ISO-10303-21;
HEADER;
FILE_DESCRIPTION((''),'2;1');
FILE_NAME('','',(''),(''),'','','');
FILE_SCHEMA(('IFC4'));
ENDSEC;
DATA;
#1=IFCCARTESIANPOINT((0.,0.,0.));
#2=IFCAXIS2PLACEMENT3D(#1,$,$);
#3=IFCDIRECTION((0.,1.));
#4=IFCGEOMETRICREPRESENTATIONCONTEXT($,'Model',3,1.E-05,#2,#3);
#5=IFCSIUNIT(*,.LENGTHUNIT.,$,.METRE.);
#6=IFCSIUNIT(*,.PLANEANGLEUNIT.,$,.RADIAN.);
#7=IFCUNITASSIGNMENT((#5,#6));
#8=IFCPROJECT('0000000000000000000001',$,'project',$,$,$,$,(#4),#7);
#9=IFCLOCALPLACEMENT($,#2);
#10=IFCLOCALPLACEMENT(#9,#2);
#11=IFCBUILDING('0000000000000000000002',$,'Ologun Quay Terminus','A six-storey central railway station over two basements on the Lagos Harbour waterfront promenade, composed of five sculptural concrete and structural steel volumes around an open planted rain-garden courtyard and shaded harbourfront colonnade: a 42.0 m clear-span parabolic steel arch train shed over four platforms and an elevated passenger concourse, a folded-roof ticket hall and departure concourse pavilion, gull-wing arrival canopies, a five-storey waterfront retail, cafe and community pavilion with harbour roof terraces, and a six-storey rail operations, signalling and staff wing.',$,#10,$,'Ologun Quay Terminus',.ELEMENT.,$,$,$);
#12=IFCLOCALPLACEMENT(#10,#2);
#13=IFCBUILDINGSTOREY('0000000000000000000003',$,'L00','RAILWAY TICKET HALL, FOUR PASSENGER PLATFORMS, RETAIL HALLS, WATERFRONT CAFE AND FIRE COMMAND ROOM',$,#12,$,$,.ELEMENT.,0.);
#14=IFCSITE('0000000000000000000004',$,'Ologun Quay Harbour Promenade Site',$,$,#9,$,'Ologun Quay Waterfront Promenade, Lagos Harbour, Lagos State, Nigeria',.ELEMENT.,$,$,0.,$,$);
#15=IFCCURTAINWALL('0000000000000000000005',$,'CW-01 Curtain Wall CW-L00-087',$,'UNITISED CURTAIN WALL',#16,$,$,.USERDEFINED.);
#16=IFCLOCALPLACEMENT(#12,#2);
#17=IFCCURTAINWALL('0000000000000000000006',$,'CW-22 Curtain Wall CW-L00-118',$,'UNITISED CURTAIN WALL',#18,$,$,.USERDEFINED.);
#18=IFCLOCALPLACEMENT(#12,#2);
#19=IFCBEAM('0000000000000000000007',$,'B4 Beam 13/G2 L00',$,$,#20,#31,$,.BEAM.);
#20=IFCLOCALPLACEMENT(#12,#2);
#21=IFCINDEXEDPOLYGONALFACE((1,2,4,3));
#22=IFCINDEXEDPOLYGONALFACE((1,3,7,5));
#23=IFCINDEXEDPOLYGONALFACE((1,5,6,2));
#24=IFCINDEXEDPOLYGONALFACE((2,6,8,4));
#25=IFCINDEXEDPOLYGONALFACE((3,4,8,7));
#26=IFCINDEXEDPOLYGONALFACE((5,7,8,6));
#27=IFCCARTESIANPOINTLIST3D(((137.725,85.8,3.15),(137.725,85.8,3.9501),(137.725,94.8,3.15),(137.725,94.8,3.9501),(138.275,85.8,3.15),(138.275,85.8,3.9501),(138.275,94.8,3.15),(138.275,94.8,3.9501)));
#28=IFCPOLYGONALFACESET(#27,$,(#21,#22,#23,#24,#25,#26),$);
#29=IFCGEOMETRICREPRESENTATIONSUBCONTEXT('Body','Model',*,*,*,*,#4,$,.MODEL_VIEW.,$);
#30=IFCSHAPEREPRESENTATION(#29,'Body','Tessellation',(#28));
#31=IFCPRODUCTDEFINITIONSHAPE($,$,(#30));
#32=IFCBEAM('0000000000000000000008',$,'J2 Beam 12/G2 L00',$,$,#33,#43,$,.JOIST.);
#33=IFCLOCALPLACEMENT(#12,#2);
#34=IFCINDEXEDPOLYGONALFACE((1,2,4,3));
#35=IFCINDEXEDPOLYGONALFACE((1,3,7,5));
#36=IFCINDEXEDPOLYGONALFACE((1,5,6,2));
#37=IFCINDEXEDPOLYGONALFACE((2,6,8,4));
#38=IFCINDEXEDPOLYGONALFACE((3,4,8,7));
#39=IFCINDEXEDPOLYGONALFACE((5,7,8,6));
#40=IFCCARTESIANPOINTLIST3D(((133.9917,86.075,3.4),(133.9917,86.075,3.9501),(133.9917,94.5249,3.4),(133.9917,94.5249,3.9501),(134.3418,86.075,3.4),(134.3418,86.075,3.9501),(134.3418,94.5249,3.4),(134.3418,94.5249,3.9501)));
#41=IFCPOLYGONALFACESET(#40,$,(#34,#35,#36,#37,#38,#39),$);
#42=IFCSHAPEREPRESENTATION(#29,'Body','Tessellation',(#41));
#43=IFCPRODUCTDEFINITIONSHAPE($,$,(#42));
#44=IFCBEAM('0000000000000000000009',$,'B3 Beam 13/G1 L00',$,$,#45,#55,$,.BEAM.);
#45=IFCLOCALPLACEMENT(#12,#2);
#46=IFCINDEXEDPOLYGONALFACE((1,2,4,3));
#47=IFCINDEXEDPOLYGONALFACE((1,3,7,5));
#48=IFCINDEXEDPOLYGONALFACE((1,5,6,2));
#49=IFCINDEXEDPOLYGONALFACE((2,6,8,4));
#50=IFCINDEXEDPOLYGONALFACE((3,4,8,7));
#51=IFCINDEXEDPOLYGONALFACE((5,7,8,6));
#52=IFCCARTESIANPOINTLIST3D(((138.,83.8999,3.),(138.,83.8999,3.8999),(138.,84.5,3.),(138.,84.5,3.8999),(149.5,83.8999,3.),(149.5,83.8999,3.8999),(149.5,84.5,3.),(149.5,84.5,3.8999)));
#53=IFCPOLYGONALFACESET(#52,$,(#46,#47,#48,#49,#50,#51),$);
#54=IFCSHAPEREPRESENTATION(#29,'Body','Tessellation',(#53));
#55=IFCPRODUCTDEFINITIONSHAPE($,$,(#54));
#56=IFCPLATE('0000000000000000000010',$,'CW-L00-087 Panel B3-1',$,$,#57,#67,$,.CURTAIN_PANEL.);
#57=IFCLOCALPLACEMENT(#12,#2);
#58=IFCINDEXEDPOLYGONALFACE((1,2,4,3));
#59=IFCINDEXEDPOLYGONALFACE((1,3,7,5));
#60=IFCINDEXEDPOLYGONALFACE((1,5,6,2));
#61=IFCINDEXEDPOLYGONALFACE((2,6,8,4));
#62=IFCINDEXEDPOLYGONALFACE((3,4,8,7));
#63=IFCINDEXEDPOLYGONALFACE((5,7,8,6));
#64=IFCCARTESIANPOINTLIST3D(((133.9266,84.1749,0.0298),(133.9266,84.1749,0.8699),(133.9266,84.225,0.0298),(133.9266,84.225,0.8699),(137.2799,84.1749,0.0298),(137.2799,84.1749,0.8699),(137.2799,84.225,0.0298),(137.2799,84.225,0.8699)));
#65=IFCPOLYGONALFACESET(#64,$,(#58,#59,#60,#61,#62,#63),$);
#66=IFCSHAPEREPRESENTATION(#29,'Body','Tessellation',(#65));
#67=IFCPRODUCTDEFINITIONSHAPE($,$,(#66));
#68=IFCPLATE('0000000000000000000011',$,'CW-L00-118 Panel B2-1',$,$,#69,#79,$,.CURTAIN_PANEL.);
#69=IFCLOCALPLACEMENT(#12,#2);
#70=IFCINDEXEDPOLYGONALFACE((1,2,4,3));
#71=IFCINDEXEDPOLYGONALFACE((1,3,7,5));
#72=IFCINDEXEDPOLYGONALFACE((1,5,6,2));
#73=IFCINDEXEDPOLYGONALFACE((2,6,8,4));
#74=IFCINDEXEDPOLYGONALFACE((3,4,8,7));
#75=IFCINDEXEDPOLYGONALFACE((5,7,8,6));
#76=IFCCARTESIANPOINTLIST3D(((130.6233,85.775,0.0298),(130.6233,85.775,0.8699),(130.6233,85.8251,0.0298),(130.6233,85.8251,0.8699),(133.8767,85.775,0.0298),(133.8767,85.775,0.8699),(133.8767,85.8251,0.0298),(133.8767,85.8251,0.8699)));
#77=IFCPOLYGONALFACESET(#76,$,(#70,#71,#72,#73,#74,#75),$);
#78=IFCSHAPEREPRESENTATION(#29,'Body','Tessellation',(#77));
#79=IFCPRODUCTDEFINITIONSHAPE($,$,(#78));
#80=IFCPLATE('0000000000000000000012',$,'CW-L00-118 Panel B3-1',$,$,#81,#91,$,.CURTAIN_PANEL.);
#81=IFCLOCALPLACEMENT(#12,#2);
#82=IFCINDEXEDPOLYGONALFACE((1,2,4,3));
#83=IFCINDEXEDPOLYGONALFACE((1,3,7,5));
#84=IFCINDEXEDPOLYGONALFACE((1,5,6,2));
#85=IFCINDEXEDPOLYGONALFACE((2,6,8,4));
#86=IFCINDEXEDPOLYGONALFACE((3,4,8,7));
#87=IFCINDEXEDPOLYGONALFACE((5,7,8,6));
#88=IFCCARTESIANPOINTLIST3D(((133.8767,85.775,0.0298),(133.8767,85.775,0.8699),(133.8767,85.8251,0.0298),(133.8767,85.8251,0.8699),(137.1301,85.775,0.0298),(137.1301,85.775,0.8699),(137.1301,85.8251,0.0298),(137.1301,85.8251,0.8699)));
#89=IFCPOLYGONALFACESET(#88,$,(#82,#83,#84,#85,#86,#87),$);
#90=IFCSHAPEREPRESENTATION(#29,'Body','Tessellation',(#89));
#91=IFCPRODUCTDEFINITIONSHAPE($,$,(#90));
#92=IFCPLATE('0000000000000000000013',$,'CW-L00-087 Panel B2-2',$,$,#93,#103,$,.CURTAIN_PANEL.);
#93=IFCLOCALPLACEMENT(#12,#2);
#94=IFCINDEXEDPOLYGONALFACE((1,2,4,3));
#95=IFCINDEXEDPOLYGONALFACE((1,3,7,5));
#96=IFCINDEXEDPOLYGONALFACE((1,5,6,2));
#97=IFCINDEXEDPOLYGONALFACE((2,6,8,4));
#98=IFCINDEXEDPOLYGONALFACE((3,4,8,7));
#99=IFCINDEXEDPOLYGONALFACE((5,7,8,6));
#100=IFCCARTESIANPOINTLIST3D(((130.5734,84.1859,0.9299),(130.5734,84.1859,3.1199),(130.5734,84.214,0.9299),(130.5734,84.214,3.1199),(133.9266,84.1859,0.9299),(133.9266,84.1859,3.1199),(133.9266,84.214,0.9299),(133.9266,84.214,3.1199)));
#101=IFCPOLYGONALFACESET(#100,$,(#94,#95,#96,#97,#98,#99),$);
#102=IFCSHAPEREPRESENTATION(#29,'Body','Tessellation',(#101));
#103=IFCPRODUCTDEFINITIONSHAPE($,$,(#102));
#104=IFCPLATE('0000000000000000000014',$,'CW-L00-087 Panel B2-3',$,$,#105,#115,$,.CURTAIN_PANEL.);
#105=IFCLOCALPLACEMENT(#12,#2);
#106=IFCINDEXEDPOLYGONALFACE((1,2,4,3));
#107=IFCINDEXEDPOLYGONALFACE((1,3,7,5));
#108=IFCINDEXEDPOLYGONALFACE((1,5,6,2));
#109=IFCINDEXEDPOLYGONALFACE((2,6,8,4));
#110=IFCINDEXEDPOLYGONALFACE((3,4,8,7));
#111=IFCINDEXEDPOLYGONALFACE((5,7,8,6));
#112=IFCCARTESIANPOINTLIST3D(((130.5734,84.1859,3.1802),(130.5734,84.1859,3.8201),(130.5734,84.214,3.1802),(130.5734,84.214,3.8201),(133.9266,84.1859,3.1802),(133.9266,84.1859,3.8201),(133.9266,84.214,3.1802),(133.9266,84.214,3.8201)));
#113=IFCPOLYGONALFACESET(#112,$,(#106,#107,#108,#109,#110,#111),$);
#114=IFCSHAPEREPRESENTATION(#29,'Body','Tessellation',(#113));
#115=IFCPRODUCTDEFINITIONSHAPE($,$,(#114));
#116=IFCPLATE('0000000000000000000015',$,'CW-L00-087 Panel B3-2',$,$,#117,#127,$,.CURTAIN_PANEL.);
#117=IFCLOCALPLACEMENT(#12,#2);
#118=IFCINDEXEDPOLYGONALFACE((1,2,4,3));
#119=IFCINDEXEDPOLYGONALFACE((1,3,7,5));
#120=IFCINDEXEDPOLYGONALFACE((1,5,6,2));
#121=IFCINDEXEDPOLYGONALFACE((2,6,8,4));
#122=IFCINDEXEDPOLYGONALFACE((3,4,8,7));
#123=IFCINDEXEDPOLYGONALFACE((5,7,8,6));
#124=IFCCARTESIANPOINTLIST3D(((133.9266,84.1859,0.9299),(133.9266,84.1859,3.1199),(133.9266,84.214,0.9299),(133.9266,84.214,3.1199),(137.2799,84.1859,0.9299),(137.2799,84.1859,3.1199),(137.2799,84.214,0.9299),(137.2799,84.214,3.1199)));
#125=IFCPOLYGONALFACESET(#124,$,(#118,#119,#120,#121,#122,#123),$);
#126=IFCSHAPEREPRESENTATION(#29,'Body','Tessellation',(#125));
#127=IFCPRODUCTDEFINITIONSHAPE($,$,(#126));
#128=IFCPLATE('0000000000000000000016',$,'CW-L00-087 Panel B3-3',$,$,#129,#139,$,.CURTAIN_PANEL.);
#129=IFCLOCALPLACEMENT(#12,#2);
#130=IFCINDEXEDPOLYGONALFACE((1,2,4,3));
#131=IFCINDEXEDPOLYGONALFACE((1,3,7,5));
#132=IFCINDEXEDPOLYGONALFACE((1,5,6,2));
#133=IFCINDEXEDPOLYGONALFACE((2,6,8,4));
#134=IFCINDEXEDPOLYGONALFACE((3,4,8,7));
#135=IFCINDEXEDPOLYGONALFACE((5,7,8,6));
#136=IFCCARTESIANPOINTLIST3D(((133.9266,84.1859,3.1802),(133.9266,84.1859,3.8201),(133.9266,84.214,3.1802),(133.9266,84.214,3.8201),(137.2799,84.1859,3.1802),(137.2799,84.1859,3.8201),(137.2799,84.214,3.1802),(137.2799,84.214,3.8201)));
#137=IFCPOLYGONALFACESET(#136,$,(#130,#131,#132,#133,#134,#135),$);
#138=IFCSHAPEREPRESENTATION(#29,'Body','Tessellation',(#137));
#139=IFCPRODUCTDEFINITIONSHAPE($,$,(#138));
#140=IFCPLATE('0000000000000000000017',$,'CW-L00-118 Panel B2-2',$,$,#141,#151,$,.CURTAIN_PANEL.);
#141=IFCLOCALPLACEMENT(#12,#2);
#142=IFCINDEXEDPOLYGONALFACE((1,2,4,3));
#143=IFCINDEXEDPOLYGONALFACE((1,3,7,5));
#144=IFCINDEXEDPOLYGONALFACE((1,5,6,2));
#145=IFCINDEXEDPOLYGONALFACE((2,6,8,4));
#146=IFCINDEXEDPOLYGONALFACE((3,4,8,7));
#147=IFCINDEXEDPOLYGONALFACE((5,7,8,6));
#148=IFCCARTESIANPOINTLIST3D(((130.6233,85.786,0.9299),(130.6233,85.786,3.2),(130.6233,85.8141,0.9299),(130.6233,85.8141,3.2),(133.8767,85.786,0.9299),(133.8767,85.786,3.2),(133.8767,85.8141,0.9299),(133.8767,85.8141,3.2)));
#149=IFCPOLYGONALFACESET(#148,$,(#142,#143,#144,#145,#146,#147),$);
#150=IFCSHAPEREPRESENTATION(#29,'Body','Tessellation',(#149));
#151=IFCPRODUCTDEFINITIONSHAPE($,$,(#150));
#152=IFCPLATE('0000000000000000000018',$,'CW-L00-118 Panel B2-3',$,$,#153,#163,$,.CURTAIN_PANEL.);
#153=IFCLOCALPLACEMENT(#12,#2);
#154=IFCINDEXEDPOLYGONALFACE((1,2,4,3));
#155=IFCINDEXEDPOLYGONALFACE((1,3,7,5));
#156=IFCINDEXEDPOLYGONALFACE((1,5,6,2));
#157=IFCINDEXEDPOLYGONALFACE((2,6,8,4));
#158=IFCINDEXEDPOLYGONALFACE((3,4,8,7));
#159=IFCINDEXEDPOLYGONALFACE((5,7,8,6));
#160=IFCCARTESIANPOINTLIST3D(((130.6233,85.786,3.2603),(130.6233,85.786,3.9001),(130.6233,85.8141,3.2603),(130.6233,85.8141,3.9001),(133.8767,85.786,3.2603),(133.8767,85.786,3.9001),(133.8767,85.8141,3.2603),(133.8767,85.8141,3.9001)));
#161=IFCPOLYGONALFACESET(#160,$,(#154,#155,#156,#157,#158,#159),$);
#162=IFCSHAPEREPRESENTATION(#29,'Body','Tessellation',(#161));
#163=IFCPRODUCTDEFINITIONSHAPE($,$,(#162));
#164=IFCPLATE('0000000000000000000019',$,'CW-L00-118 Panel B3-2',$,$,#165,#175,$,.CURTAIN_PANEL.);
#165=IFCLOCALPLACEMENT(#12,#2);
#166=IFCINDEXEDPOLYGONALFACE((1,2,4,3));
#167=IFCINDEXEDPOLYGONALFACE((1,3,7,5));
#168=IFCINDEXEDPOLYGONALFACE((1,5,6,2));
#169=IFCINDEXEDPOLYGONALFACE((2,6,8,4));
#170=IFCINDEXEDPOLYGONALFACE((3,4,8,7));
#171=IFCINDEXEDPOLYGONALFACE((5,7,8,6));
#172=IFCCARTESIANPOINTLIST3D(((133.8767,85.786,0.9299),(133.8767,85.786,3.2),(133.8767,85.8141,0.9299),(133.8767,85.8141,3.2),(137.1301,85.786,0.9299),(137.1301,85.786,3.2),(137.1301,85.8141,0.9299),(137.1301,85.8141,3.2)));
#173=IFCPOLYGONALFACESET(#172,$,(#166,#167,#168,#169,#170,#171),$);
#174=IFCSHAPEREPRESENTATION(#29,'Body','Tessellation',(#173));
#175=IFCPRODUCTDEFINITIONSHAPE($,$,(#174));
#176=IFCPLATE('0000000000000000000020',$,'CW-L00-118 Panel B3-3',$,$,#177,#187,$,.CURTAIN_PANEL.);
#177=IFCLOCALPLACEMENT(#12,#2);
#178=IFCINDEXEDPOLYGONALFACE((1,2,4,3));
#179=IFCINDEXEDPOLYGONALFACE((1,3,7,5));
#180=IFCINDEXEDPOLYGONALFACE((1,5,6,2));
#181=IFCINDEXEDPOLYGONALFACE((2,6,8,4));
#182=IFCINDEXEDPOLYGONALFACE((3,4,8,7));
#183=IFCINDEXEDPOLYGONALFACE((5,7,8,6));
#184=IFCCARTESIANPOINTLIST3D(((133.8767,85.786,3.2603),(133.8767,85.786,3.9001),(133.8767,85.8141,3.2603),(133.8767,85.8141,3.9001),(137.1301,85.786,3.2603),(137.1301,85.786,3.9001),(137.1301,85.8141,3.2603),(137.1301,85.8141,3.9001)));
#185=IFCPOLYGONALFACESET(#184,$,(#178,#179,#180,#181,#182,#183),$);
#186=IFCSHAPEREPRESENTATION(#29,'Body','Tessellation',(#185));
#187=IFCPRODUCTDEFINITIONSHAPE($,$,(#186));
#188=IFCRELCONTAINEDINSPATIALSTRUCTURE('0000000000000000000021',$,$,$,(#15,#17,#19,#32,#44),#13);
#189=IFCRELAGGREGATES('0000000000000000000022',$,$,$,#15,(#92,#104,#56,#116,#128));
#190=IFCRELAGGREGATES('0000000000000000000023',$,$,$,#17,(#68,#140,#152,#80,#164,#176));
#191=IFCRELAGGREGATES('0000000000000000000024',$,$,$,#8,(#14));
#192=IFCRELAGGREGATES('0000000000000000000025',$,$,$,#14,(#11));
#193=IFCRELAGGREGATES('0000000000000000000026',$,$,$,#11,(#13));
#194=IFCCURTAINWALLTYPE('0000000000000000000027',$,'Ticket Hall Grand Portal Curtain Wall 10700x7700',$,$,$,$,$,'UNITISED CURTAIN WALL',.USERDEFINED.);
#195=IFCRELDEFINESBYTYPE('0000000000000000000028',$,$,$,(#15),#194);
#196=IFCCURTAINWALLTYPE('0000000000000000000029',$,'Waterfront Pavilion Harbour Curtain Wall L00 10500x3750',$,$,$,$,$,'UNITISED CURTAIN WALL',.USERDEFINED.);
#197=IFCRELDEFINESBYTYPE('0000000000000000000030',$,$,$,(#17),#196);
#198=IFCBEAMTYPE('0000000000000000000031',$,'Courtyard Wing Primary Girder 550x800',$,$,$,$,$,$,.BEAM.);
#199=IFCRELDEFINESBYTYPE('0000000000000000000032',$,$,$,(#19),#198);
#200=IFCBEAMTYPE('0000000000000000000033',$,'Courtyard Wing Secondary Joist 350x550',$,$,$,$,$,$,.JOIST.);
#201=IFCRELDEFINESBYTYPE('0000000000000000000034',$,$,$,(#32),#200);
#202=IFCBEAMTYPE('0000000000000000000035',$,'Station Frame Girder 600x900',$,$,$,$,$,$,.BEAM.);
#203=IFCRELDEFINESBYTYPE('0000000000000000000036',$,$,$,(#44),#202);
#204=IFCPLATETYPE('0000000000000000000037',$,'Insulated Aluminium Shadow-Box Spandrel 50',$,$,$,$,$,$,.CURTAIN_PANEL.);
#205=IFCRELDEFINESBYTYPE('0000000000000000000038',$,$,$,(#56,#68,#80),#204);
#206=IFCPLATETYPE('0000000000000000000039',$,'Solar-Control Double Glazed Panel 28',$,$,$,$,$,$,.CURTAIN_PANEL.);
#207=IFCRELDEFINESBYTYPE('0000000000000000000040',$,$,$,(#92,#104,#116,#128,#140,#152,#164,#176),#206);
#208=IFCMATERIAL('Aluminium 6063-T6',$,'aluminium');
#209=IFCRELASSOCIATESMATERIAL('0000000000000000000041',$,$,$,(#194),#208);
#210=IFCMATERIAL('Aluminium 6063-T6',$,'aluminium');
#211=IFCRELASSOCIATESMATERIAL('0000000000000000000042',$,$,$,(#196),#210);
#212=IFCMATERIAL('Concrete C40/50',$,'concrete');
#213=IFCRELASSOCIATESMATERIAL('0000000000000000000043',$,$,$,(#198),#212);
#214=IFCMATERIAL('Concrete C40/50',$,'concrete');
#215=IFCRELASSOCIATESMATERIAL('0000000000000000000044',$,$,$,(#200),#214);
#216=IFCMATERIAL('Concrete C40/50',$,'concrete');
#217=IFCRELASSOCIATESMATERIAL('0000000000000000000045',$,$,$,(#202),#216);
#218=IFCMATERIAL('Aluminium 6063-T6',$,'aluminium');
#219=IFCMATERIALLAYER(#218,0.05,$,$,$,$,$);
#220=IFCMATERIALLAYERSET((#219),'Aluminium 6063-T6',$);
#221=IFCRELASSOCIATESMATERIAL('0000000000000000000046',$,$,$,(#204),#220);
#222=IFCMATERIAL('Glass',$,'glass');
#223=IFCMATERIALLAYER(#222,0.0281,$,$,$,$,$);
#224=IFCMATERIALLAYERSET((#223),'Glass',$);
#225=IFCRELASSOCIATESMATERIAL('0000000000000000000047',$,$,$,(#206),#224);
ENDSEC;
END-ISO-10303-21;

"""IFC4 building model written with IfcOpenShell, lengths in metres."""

from ifc_helpers import new_model, si_unit, direction, frame, origin, origin_2d, place, context, subcontext, project, spatial, rectangle, extrude, material, layer, layer_set, material_profile, profile_set, type_object, element, aggregate, save


model = new_model("IFC4")

# Units and contexts
model_context = context("Model", 3, precision=1e-05, world=origin(), true_north=direction((0.0, 1.0)))
body_context = subcontext(model_context, "Body", "Model", "MODEL_VIEW")
ifc_project = project(units=[si_unit("LENGTHUNIT", "METRE"), si_unit("PLANEANGLEUNIT", "RADIAN")], contexts=[model_context])

# Site, building, storey
site_placement = place(None, origin())
site = spatial("IfcSite", under=ifc_project, at=site_placement, Name="Ologun Quay Harbour Promenade Site", LongName="Ologun Quay Waterfront Promenade, Lagos Harbour, Lagos State, Nigeria", CompositionType="ELEMENT", RefElevation=0.0)
building_placement = place(site_placement, origin())
building = spatial("IfcBuilding", under=site, at=building_placement, Name="Ologun Quay Terminus", Description="A six-storey central railway station over two basements on the Lagos Harbour waterfront promenade, composed of five sculptural concrete and structural steel volumes around an open planted rain-garden courtyard and shaded harbourfront colonnade: a 42.0 m clear-span parabolic steel arch train shed over four platforms and an elevated passenger concourse, a folded-roof ticket hall and departure concourse pavilion, gull-wing arrival canopies, a five-storey waterfront retail, cafe and community pavilion with harbour roof terraces, and a six-storey rail operations, signalling and staff wing.", LongName="Ologun Quay Terminus", CompositionType="ELEMENT")
storey_placement = place(building_placement, origin())
storey = spatial("IfcBuildingStorey", under=building, at=storey_placement, Name="L00", Description="RAILWAY TICKET HALL, FOUR PASSENGER PLATFORMS, RETAIL HALLS, WATERFRONT CAFE AND FIRE COMMAND ROOM", CompositionType="ELEMENT", Elevation=0.0)

# Curtain walls
ifc_material_1 = material(Name="Aluminium 6063-T6", Category="aluminium")
curtain_wall_type_1 = type_object("IfcCurtainWallType", Name="Ticket Hall Grand Portal Curtain Wall 10700x7700", ElementType="UNITISED CURTAIN WALL", PredefinedType="USERDEFINED", material=ifc_material_1)
curtain_wall_1_placement = place(storey_placement, origin())
curtain_wall_1 = element("IfcCurtainWall", 1, at=curtain_wall_1_placement, inside=storey, type_object=curtain_wall_type_1, Name="CW-01 Curtain Wall CW-L00-087", ObjectType="UNITISED CURTAIN WALL", PredefinedType="USERDEFINED")
ifc_material_2 = material(Name="Aluminium 6063-T6", Category="aluminium")
curtain_wall_type_2 = type_object("IfcCurtainWallType", Name="Waterfront Pavilion Harbour Curtain Wall L00 10500x3750", ElementType="UNITISED CURTAIN WALL", PredefinedType="USERDEFINED", material=ifc_material_2)
curtain_wall_2_placement = place(storey_placement, origin())
curtain_wall_2 = element("IfcCurtainWall", 2, at=curtain_wall_2_placement, inside=storey, type_object=curtain_wall_type_2, Name="CW-22 Curtain Wall CW-L00-118", ObjectType="UNITISED CURTAIN WALL", PredefinedType="USERDEFINED")

# Beams
ifc_material_3 = material(Name="Concrete C40/50", Category="concrete")
ifc_material_profile_1 = material_profile(ifc_material_3, rectangle(XDim=0.55, YDim=0.8, at=origin_2d()), Name="RC 550x800")
ifc_profile_set_1 = profile_set([ifc_material_profile_1], Name="Concrete C40/50")
beam_type_1 = type_object("IfcBeamType", Name="Courtyard Wing Primary Girder 550x800", PredefinedType="BEAM", material=ifc_profile_set_1)
beam_1_placement = place(storey_placement, frame((138.0, 85.8, 3.55), z_axis=(0.0, 1.0, 0.0), x_axis=(-1.0, 0.0, 0.0)))
element("IfcBeam", 3, at=beam_1_placement, inside=storey, type_object=beam_type_1, Name="B4 Beam 13/G2 L00", PredefinedType="BEAM", context=body_context, shape_type="SweptSolid", body=[
    extrude(rectangle(XDim=0.55, YDim=0.8, at=origin_2d()), origin(), (0.0, 0.0, 1.0), 9.0),
])
ifc_material_4 = material(Name="Concrete C40/50", Category="concrete")
ifc_material_profile_2 = material_profile(ifc_material_4, rectangle(XDim=0.3501, YDim=0.55, at=origin_2d()), Name="RC 350x550")
ifc_profile_set_2 = profile_set([ifc_material_profile_2], Name="Concrete C40/50")
beam_type_2 = type_object("IfcBeamType", Name="Courtyard Wing Secondary Joist 350x550", PredefinedType="JOIST", material=ifc_profile_set_2)
beam_2_placement = place(storey_placement, frame((134.1667, 86.075, 3.675), z_axis=(0.0, 1.0, 0.0), x_axis=(-1.0, 0.0, 0.0)))
element("IfcBeam", 4, at=beam_2_placement, inside=storey, type_object=beam_type_2, Name="J2 Beam 12/G2 L00", PredefinedType="JOIST", context=body_context, shape_type="SweptSolid", body=[
    extrude(rectangle(XDim=0.3501, YDim=0.55, at=origin_2d()), origin(), (0.0, 0.0, 1.0), 8.45),
])
ifc_material_5 = material(Name="Concrete C40/50", Category="concrete")
ifc_material_profile_3 = material_profile(ifc_material_5, rectangle(XDim=0.6001, YDim=0.8999, at=origin_2d()), Name="RC 600x900")
ifc_profile_set_3 = profile_set([ifc_material_profile_3], Name="Concrete C40/50")
beam_type_3 = type_object("IfcBeamType", Name="Station Frame Girder 600x900", PredefinedType="BEAM", material=ifc_profile_set_3)
beam_3_placement = place(storey_placement, frame((138.0, 84.2, 3.45), z_axis=(1.0, 0.0, 0.0), x_axis=(0.0, 1.0, 0.0)))
element("IfcBeam", 5, at=beam_3_placement, inside=storey, type_object=beam_type_3, Name="B3 Beam 13/G1 L00", PredefinedType="BEAM", context=body_context, shape_type="SweptSolid", body=[
    extrude(rectangle(XDim=0.6001, YDim=0.8999, at=origin_2d()), origin(), (0.0, 0.0, 1.0), 11.5),
])

# Plates
ifc_material_6 = material(Name="Aluminium 6063-T6", Category="aluminium")
ifc_layer_1 = layer(ifc_material_6, 0.05)
ifc_layer_set_1 = layer_set([ifc_layer_1], Name="Aluminium 6063-T6")
plate_type_1 = type_object("IfcPlateType", Name="Insulated Aluminium Shadow-Box Spandrel 50", PredefinedType="CURTAIN_PANEL", material=ifc_layer_set_1)
plate_1_placement = place(storey_placement, frame((135.6033, 84.2, 0.0298), z_axis=(0.0, 0.0, 1.0), x_axis=(1.0, 0.0, 0.0)))
plate_1 = element("IfcPlate", 6, at=plate_1_placement, type_object=plate_type_1, Name="CW-L00-087 Panel B3-1", PredefinedType="CURTAIN_PANEL", context=body_context, shape_type="SweptSolid", body=[
    extrude(rectangle(XDim=3.3533, YDim=0.05, at=origin_2d()), origin(), (0.0, 0.0, 1.0), 0.8401),
])
plate_2_placement = place(storey_placement, frame((132.25, 85.8, 0.0298), z_axis=(0.0, 0.0, 1.0), x_axis=(1.0, 0.0, 0.0)))
plate_2 = element("IfcPlate", 7, at=plate_2_placement, type_object=plate_type_1, Name="CW-L00-118 Panel B2-1", PredefinedType="CURTAIN_PANEL", context=body_context, shape_type="SweptSolid", body=[
    extrude(rectangle(XDim=3.2534, YDim=0.05, at=origin_2d()), origin(), (0.0, 0.0, 1.0), 0.8401),
])
plate_3_placement = place(storey_placement, frame((135.5034, 85.8, 0.0298), z_axis=(0.0, 0.0, 1.0), x_axis=(1.0, 0.0, 0.0)))
plate_3 = element("IfcPlate", 8, at=plate_3_placement, type_object=plate_type_1, Name="CW-L00-118 Panel B3-1", PredefinedType="CURTAIN_PANEL", context=body_context, shape_type="SweptSolid", body=[
    extrude(rectangle(XDim=3.2534, YDim=0.05, at=origin_2d()), origin(), (0.0, 0.0, 1.0), 0.8401),
])
ifc_material_7 = material(Name="Glass", Category="glass")
ifc_layer_2 = layer(ifc_material_7, 0.0281)
ifc_layer_set_2 = layer_set([ifc_layer_2], Name="Glass")
plate_type_2 = type_object("IfcPlateType", Name="Solar-Control Double Glazed Panel 28", PredefinedType="CURTAIN_PANEL", material=ifc_layer_set_2)
plate_4_placement = place(storey_placement, frame((132.25, 84.2, 0.9299), z_axis=(0.0, 0.0, 1.0), x_axis=(1.0, 0.0, 0.0)))
plate_4 = element("IfcPlate", 9, at=plate_4_placement, type_object=plate_type_2, Name="CW-L00-087 Panel B2-2", PredefinedType="CURTAIN_PANEL", context=body_context, shape_type="SweptSolid", body=[
    extrude(rectangle(XDim=3.3533, YDim=0.0281, at=origin_2d()), origin(), (0.0, 0.0, 1.0), 2.1899),
])
plate_5_placement = place(storey_placement, frame((132.25, 84.2, 3.1802), z_axis=(0.0, 0.0, 1.0), x_axis=(1.0, 0.0, 0.0)))
plate_5 = element("IfcPlate", 10, at=plate_5_placement, type_object=plate_type_2, Name="CW-L00-087 Panel B2-3", PredefinedType="CURTAIN_PANEL", context=body_context, shape_type="SweptSolid", body=[
    extrude(rectangle(XDim=3.3533, YDim=0.0281, at=origin_2d()), origin(), (0.0, 0.0, 1.0), 0.6399),
])
plate_6_placement = place(storey_placement, frame((135.6033, 84.2, 0.9299), z_axis=(0.0, 0.0, 1.0), x_axis=(1.0, 0.0, 0.0)))
plate_6 = element("IfcPlate", 11, at=plate_6_placement, type_object=plate_type_2, Name="CW-L00-087 Panel B3-2", PredefinedType="CURTAIN_PANEL", context=body_context, shape_type="SweptSolid", body=[
    extrude(rectangle(XDim=3.3533, YDim=0.0281, at=origin_2d()), origin(), (0.0, 0.0, 1.0), 2.1899),
])
plate_7_placement = place(storey_placement, frame((135.6033, 84.2, 3.1802), z_axis=(0.0, 0.0, 1.0), x_axis=(1.0, 0.0, 0.0)))
plate_7 = element("IfcPlate", 12, at=plate_7_placement, type_object=plate_type_2, Name="CW-L00-087 Panel B3-3", PredefinedType="CURTAIN_PANEL", context=body_context, shape_type="SweptSolid", body=[
    extrude(rectangle(XDim=3.3533, YDim=0.0281, at=origin_2d()), origin(), (0.0, 0.0, 1.0), 0.6399),
])
aggregate(curtain_wall_1, [plate_4, plate_5, plate_1, plate_6, plate_7])
plate_8_placement = place(storey_placement, frame((132.25, 85.8, 0.9299), z_axis=(0.0, 0.0, 1.0), x_axis=(1.0, 0.0, 0.0)))
plate_8 = element("IfcPlate", 13, at=plate_8_placement, type_object=plate_type_2, Name="CW-L00-118 Panel B2-2", PredefinedType="CURTAIN_PANEL", context=body_context, shape_type="SweptSolid", body=[
    extrude(rectangle(XDim=3.2534, YDim=0.0281, at=origin_2d()), origin(), (0.0, 0.0, 1.0), 2.27),
])
plate_9_placement = place(storey_placement, frame((132.25, 85.8, 3.2603), z_axis=(0.0, 0.0, 1.0), x_axis=(1.0, 0.0, 0.0)))
plate_9 = element("IfcPlate", 14, at=plate_9_placement, type_object=plate_type_2, Name="CW-L00-118 Panel B2-3", PredefinedType="CURTAIN_PANEL", context=body_context, shape_type="SweptSolid", body=[
    extrude(rectangle(XDim=3.2534, YDim=0.0281, at=origin_2d()), origin(), (0.0, 0.0, 1.0), 0.6399),
])
plate_10_placement = place(storey_placement, frame((135.5034, 85.8, 0.9299), z_axis=(0.0, 0.0, 1.0), x_axis=(1.0, 0.0, 0.0)))
plate_10 = element("IfcPlate", 15, at=plate_10_placement, type_object=plate_type_2, Name="CW-L00-118 Panel B3-2", PredefinedType="CURTAIN_PANEL", context=body_context, shape_type="SweptSolid", body=[
    extrude(rectangle(XDim=3.2534, YDim=0.0281, at=origin_2d()), origin(), (0.0, 0.0, 1.0), 2.27),
])
plate_11_placement = place(storey_placement, frame((135.5034, 85.8, 3.2603), z_axis=(0.0, 0.0, 1.0), x_axis=(1.0, 0.0, 0.0)))
plate_11 = element("IfcPlate", 16, at=plate_11_placement, type_object=plate_type_2, Name="CW-L00-118 Panel B3-3", PredefinedType="CURTAIN_PANEL", context=body_context, shape_type="SweptSolid", body=[
    extrude(rectangle(XDim=3.2534, YDim=0.0281, at=origin_2d()), origin(), (0.0, 0.0, 1.0), 0.6399),
])
aggregate(curtain_wall_2, [plate_2, plate_8, plate_9, plate_3, plate_10, plate_11])

save(model, "model.ifc")
